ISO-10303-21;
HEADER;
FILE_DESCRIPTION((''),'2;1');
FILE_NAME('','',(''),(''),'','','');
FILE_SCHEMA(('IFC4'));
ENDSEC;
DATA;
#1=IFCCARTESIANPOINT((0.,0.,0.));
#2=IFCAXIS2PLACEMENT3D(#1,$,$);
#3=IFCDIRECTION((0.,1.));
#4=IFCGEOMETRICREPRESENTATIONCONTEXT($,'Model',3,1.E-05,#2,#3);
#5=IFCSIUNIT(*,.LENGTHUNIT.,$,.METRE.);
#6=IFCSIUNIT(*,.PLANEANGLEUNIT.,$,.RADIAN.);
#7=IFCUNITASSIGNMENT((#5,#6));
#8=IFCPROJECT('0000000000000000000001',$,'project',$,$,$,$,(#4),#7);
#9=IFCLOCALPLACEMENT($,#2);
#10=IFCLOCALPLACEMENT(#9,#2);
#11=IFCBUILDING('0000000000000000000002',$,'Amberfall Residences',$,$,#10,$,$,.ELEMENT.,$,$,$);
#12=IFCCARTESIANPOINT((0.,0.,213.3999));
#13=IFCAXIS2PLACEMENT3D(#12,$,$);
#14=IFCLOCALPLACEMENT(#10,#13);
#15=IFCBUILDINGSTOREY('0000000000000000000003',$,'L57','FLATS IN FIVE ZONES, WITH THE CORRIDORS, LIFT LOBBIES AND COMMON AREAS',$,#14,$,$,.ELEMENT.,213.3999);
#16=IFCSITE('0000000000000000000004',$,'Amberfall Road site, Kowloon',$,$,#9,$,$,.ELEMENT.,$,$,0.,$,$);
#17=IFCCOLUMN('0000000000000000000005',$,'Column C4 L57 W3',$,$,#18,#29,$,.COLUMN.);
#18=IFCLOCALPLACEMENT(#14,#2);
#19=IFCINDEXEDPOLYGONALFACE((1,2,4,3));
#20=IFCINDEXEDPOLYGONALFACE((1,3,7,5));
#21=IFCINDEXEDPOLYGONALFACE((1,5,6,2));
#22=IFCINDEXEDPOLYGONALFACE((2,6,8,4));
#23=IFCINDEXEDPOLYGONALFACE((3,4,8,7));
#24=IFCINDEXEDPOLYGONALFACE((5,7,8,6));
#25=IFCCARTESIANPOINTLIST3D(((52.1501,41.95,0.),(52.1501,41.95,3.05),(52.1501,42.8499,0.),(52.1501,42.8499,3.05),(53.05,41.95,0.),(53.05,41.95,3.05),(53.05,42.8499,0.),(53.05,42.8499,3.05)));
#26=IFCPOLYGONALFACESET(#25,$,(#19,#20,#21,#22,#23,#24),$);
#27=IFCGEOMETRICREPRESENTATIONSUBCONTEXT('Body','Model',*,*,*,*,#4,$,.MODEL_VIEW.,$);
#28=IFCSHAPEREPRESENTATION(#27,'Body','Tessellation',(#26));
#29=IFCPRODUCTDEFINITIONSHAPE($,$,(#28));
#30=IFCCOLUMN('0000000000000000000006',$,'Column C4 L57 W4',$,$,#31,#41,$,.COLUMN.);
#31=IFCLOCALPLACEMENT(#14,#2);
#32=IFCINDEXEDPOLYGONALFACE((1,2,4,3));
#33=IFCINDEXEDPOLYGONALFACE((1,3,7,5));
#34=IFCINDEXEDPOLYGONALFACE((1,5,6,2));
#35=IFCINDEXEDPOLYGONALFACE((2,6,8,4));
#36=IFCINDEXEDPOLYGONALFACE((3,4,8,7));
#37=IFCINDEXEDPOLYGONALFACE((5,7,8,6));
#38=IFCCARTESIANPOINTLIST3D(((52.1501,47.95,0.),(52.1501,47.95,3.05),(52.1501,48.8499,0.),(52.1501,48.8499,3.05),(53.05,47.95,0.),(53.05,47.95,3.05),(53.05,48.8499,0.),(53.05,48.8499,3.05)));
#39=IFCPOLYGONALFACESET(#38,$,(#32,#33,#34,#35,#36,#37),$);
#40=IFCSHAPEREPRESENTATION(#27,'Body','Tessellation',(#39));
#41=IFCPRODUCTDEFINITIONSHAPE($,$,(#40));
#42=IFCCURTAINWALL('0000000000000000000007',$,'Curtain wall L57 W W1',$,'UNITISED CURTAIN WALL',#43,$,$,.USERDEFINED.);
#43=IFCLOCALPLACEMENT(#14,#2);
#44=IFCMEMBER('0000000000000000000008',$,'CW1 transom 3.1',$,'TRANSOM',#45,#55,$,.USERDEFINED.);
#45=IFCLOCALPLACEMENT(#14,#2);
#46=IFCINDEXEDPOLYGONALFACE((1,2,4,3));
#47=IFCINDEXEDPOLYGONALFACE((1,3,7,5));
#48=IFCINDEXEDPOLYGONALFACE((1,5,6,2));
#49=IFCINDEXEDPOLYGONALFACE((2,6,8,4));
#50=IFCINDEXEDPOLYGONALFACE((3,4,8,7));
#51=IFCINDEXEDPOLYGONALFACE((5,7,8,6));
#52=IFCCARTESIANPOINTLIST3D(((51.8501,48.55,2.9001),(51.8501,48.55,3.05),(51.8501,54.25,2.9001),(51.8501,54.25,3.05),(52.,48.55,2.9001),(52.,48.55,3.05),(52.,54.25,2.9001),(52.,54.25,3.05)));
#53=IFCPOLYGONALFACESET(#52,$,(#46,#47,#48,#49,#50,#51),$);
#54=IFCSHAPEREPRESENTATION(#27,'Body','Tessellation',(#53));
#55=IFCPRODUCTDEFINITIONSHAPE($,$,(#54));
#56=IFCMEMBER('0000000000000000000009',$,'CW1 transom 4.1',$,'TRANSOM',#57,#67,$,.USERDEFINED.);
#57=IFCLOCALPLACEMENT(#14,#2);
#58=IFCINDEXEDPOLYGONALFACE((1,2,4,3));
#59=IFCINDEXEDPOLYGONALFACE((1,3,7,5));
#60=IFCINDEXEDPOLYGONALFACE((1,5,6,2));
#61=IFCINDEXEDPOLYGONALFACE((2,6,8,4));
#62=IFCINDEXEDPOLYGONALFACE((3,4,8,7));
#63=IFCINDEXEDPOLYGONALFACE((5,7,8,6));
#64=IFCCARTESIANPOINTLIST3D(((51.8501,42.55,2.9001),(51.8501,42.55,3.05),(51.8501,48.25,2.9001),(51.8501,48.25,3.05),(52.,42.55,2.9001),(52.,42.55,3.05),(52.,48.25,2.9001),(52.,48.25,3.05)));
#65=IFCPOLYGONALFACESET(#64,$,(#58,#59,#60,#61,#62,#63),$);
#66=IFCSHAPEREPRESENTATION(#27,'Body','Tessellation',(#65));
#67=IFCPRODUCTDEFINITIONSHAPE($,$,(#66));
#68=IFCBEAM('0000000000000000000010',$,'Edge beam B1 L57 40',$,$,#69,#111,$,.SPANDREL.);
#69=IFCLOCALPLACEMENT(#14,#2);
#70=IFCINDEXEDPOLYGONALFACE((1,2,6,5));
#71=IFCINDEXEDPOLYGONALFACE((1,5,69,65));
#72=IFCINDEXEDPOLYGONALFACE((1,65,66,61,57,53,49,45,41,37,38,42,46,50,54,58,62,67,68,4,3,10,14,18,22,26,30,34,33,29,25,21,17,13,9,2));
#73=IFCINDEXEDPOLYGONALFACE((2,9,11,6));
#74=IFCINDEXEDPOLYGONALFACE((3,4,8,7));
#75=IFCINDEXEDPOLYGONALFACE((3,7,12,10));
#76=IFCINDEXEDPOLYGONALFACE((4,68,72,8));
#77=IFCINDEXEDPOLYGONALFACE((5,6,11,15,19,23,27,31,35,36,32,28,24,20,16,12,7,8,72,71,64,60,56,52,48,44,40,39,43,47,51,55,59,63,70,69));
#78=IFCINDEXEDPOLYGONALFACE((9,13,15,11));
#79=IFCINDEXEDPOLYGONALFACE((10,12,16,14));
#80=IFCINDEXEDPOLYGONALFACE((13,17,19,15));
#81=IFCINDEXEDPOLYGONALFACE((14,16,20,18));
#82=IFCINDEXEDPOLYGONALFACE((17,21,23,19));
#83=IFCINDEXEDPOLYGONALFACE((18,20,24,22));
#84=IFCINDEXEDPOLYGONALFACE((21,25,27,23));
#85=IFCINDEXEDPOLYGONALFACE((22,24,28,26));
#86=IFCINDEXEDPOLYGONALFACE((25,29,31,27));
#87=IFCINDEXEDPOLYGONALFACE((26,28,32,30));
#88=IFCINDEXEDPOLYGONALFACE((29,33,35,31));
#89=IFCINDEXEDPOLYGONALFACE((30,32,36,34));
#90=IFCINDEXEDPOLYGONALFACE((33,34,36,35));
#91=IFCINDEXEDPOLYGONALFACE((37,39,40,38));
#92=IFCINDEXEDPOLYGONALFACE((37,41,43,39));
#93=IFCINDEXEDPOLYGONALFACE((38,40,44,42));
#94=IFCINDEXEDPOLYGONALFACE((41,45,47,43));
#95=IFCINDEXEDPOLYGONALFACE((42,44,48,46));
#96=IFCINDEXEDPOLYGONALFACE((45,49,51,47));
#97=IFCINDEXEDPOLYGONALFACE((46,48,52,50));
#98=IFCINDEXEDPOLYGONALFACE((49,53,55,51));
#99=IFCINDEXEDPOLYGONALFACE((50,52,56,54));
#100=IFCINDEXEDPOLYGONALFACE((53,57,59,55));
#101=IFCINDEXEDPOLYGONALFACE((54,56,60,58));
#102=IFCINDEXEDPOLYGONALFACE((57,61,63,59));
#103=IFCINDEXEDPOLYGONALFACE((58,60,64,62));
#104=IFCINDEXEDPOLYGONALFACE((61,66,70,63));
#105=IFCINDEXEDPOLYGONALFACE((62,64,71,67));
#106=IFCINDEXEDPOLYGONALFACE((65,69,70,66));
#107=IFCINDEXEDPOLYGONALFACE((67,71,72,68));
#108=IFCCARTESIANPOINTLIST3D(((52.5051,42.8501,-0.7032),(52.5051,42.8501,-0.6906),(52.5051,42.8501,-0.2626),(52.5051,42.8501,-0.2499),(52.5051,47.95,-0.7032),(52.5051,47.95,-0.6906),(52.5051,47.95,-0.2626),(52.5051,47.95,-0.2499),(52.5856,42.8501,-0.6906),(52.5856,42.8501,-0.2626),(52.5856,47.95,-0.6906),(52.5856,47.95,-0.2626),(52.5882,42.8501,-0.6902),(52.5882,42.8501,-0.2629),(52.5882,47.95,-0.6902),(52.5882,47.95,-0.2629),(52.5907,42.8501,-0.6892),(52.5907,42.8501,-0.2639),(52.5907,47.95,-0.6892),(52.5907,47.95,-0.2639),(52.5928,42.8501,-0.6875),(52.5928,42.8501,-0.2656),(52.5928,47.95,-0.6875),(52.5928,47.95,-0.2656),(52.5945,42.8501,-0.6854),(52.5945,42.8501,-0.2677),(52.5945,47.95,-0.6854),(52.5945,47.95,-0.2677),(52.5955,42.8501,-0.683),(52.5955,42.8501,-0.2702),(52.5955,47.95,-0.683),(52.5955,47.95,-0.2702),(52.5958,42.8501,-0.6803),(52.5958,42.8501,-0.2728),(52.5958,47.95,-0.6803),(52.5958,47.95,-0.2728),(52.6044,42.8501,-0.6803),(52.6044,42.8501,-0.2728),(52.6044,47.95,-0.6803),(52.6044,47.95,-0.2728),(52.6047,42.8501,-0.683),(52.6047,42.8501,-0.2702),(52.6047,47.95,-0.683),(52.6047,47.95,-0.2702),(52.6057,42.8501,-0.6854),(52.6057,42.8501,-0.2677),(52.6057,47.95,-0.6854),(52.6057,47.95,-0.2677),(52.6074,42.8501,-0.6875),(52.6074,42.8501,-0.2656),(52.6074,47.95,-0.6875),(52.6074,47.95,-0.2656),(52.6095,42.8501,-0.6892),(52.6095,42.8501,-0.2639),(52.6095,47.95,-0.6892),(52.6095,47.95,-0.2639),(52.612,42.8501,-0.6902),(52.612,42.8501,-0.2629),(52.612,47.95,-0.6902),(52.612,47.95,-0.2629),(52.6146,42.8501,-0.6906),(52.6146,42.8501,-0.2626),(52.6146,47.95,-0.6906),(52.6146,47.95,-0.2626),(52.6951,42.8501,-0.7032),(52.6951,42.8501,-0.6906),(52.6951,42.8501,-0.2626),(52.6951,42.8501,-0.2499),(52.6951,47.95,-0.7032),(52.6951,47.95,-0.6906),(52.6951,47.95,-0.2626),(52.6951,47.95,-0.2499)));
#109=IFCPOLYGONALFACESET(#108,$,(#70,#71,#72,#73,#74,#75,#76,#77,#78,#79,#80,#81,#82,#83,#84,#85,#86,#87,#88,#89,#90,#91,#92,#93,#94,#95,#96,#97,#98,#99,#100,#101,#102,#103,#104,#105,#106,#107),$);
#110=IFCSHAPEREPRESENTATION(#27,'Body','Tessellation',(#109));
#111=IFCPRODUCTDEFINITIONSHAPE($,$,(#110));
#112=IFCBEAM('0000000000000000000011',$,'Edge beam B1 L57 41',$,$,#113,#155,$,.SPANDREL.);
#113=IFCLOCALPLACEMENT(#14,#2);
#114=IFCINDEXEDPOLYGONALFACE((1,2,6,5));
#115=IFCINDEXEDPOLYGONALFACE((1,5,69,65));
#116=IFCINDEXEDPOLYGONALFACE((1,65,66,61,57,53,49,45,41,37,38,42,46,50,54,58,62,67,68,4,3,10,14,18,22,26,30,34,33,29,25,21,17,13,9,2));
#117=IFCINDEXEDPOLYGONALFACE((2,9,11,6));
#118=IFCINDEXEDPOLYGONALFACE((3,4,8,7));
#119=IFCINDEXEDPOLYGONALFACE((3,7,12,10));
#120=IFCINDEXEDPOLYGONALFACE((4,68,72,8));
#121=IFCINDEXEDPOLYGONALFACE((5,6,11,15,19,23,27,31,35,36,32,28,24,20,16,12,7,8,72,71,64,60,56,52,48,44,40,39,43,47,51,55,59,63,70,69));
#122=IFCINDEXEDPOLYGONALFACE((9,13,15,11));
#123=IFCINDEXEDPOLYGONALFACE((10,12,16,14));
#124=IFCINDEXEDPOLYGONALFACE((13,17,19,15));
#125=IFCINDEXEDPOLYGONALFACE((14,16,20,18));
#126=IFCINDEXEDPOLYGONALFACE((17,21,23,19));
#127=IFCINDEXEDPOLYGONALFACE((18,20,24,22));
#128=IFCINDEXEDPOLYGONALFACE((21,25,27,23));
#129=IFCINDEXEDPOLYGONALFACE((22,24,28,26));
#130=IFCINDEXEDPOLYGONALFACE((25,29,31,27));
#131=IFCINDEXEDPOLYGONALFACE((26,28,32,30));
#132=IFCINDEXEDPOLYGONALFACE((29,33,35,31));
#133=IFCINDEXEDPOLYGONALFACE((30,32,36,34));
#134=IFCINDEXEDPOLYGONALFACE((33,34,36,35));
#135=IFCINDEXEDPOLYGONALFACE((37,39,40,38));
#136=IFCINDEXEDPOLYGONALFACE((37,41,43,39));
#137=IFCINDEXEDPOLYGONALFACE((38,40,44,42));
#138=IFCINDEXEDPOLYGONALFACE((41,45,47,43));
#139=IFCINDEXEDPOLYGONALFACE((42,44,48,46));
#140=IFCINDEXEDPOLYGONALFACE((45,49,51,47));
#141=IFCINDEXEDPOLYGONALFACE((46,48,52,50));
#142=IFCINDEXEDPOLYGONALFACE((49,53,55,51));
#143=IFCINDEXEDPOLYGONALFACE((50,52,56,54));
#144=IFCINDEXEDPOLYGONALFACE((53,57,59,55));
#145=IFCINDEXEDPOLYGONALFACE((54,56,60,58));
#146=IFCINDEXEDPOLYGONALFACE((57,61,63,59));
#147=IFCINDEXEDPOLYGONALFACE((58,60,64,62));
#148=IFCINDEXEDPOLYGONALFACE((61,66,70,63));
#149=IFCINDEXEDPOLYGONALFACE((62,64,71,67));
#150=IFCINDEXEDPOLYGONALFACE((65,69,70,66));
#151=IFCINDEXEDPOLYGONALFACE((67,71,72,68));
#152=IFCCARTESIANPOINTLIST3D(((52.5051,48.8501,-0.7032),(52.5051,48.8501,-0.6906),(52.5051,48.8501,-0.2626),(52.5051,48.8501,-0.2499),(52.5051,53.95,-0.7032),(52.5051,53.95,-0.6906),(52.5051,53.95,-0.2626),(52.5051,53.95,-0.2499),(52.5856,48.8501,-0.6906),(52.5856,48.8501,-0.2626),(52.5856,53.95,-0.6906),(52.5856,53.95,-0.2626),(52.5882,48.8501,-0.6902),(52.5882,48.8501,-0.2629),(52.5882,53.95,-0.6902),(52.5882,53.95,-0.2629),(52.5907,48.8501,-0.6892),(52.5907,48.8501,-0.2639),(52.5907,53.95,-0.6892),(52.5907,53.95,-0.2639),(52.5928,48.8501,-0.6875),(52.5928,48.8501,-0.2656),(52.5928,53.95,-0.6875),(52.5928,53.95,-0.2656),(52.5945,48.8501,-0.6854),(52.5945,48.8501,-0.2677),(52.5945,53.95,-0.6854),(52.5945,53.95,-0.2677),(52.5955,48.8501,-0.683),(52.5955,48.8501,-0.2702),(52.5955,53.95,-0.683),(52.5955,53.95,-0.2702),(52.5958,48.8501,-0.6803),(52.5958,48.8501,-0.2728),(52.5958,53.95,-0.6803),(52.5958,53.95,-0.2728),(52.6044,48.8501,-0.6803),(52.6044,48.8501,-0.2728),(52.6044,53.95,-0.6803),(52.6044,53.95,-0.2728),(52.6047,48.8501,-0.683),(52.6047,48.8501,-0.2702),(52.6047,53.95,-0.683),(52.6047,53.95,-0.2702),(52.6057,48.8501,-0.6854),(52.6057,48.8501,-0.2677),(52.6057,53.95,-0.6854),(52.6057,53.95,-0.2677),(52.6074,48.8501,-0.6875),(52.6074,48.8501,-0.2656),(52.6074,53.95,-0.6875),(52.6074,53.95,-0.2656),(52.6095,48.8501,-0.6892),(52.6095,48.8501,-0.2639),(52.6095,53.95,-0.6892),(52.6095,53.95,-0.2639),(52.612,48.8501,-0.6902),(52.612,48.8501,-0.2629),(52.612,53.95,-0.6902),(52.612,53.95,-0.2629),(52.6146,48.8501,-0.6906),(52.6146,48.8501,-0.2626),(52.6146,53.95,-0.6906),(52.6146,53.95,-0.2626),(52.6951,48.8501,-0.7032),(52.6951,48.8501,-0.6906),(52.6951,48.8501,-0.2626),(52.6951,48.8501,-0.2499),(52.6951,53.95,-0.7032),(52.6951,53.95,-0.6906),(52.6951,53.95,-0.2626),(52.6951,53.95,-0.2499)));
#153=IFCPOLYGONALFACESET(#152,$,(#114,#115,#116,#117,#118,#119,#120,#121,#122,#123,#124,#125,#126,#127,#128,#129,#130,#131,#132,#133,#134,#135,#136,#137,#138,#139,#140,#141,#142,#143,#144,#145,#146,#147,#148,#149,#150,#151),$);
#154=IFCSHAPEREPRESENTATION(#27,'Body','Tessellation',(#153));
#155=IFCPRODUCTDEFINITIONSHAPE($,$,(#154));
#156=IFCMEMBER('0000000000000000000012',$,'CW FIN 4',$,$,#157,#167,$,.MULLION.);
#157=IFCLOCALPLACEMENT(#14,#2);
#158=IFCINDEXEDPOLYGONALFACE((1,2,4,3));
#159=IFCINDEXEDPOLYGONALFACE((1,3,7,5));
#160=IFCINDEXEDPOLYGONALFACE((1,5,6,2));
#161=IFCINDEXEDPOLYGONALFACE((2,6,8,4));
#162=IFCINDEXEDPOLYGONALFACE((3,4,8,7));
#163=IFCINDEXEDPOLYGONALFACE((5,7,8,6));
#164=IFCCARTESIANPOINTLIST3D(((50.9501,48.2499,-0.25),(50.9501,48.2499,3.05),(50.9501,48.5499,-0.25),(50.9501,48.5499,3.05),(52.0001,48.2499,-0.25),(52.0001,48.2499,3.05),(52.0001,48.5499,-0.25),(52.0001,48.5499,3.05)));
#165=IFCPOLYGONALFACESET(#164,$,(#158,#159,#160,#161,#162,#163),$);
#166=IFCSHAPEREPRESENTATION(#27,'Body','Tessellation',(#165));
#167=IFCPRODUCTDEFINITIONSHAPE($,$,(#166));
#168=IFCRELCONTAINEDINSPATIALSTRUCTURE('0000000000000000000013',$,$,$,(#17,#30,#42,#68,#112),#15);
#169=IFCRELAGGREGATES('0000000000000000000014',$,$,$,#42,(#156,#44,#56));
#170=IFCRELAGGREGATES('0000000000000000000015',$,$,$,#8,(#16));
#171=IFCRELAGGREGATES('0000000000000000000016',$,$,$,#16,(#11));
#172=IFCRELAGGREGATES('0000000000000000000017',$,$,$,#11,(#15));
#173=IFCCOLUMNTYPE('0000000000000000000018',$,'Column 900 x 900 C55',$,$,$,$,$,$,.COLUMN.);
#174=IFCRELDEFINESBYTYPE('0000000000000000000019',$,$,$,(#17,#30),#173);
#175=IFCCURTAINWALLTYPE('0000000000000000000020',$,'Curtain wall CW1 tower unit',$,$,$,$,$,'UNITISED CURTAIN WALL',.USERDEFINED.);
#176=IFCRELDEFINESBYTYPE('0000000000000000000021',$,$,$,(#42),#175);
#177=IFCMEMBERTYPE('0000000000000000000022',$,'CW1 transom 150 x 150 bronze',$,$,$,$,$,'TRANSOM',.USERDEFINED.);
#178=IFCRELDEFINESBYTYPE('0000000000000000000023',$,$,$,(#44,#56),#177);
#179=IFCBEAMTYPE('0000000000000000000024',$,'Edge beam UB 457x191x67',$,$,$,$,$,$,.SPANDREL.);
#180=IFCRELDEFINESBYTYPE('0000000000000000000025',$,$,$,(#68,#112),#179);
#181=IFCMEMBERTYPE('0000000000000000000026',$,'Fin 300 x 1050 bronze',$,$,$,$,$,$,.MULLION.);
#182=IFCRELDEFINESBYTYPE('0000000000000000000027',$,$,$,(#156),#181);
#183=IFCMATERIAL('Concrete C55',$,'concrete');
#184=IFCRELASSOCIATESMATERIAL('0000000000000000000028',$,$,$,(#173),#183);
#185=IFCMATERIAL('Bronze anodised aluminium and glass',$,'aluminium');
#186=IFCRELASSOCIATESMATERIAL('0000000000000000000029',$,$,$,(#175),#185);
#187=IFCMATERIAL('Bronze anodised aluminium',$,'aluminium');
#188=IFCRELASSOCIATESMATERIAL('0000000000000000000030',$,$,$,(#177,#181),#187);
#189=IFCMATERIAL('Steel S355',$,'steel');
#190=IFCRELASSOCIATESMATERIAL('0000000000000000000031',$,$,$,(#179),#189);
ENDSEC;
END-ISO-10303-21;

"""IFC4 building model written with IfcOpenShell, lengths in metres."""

from ifc_helpers import new_model, si_unit, direction, frame, origin, origin_2d, place, context, subcontext, project, spatial, rectangle, i_section, extrude, material, material_profile, profile_set, type_object, element, aggregate, save


model = new_model("IFC4")

# Units and contexts
model_context = context("Model", 3, precision=1e-05, world=origin(), true_north=direction((0.0, 1.0)))
body_context = subcontext(model_context, "Body", "Model", "MODEL_VIEW")
ifc_project = project(units=[si_unit("LENGTHUNIT", "METRE"), si_unit("PLANEANGLEUNIT", "RADIAN")], contexts=[model_context])

# Site, building, storey
site_placement = place(None, origin())
site = spatial("IfcSite", under=ifc_project, at=site_placement, Name="Amberfall Road site, Kowloon", CompositionType="ELEMENT", RefElevation=0.0)
building_placement = place(site_placement, origin())
building = spatial("IfcBuilding", under=site, at=building_placement, Name="Amberfall Residences", CompositionType="ELEMENT")
storey_placement = place(building_placement, frame((0.0, 0.0, 213.3999)))
storey = spatial("IfcBuildingStorey", under=building, at=storey_placement, Name="L57", Description="FLATS IN FIVE ZONES, WITH THE CORRIDORS, LIFT LOBBIES AND COMMON AREAS", CompositionType="ELEMENT", Elevation=213.3999)

# Columns
ifc_material_1 = material(Name="Concrete C55", Category="concrete")
ifc_material_profile_1 = material_profile(ifc_material_1, rectangle(XDim=0.8999, YDim=0.8999, at=origin_2d()), Name="Column 900 x 900 C55")
ifc_profile_set_1 = profile_set([ifc_material_profile_1], Name="Concrete C55")
column_type = type_object("IfcColumnType", Name="Column 900 x 900 C55", PredefinedType="COLUMN", material=ifc_profile_set_1)
for number, where, z_axis, x_axis, name in (
    (1, (52.6001, 42.3999, 0.0), (0.0, 0.0, 1.0), (1.0, 0.0, 0.0), "Column C4 L57 W3"),
    (2, (52.6001, 48.3999, 0.0), (0.0, 0.0, 1.0), (1.0, 0.0, 0.0), "Column C4 L57 W4"),
):
    element("IfcColumn", number, at=place(storey_placement, frame(where, z_axis=z_axis, x_axis=x_axis)), inside=storey, type_object=column_type, Name=name, PredefinedType="COLUMN", context=body_context, shape_type="SweptSolid", body=[
        extrude(rectangle(XDim=0.8999, YDim=0.8999, at=origin_2d()), origin(), (0.0, 0.0, 1.0), 3.05),
    ])

# Curtain wall, members
ifc_material_2 = material(Name="Bronze anodised aluminium and glass", Category="aluminium")
curtain_wall_type = type_object("IfcCurtainWallType", Name="Curtain wall CW1 tower unit", ElementType="UNITISED CURTAIN WALL", PredefinedType="USERDEFINED", material=ifc_material_2)
curtain_wall_placement = place(storey_placement, origin())
curtain_wall = element("IfcCurtainWall", 3, at=curtain_wall_placement, inside=storey, type_object=curtain_wall_type, Name="Curtain wall L57 W W1", ObjectType="UNITISED CURTAIN WALL", PredefinedType="USERDEFINED")
ifc_material_3 = material(Name="Bronze anodised aluminium", Category="aluminium")
ifc_material_profile_2 = material_profile(ifc_material_3, rectangle(XDim=0.1499, YDim=0.1499, at=origin_2d()), Name="CW1 transom 150 x 150 bronze")
ifc_profile_set_2 = profile_set([ifc_material_profile_2], Name="Bronze anodised aluminium")
member_type_1 = type_object("IfcMemberType", Name="CW1 transom 150 x 150 bronze", ElementType="TRANSOM", PredefinedType="USERDEFINED", material=ifc_profile_set_2)
member_1_placement = place(storey_placement, frame((51.925, 54.25, 2.9751), z_axis=(0.0, -1.0, 0.0), x_axis=(1.0, 0.0, 0.0)))
member_1 = element("IfcMember", 4, at=member_1_placement, type_object=member_type_1, Name="CW1 transom 3.1", ObjectType="TRANSOM", PredefinedType="USERDEFINED", context=body_context, shape_type="SweptSolid", body=[
    extrude(rectangle(XDim=0.1499, YDim=0.1499, at=origin_2d()), origin(), (0.0, 0.0, 1.0), 5.7),
])
member_2_placement = place(storey_placement, frame((51.925, 48.25, 2.9751), z_axis=(0.0, -1.0, 0.0), x_axis=(1.0, 0.0, 0.0)))
member_2 = element("IfcMember", 5, at=member_2_placement, type_object=member_type_1, Name="CW1 transom 4.1", ObjectType="TRANSOM", PredefinedType="USERDEFINED", context=body_context, shape_type="SweptSolid", body=[
    extrude(rectangle(XDim=0.1499, YDim=0.1499, at=origin_2d()), origin(), (0.0, 0.0, 1.0), 5.7),
])

# Beams
ifc_material_4 = material(Name="Steel S355", Category="steel")
ifc_material_profile_3 = material_profile(ifc_material_4, i_section(OverallWidth=0.1899, OverallDepth=0.4534, WebThickness=0.0085, FlangeThickness=0.0127, FilletRadius=0.0103, at=origin_2d()), Name="UB 457x191x67")
ifc_profile_set_3 = profile_set([ifc_material_profile_3], Name="Steel S355")
beam_type_1 = type_object("IfcBeamType", Name="Edge beam UB 457x191x67", PredefinedType="SPANDREL", material=ifc_profile_set_3)
for number, where, z_axis, x_axis, name in (
    (6, (52.6001, 42.8501, -0.4766), (0.0, 1.0, 0.0), (-1.0, 0.0, 0.0), "Edge beam B1 L57 40"),
    (7, (52.6001, 48.8501, -0.4766), (0.0, 1.0, 0.0), (-1.0, 0.0, 0.0), "Edge beam B1 L57 41"),
):
    element("IfcBeam", number, at=place(storey_placement, frame(where, z_axis=z_axis, x_axis=x_axis)), inside=storey, type_object=beam_type_1, Name=name, PredefinedType="SPANDREL", context=body_context, shape_type="SweptSolid", body=[
        extrude(i_section(OverallWidth=0.1899, OverallDepth=0.4534, WebThickness=0.0085, FlangeThickness=0.0127, FilletRadius=0.0103, at=origin_2d()), origin(), (0.0, 0.0, 1.0), 5.0999),
    ])

# Member
ifc_material_profile_4 = material_profile(ifc_material_3, rectangle(XDim=1.05, YDim=0.3, at=origin_2d()), Name="Fin 300 x 1050 bronze")
ifc_profile_set_4 = profile_set([ifc_material_profile_4], Name="Bronze anodised aluminium")
member_type_2 = type_object("IfcMemberType", Name="Fin 300 x 1050 bronze", PredefinedType="MULLION", material=ifc_profile_set_4)
member_3_placement = place(storey_placement, frame((51.4751, 48.3999, -0.25), z_axis=(0.0, 0.0, 1.0), x_axis=(1.0, 0.0, 0.0)))
member_3 = element("IfcMember", 8, at=member_3_placement, type_object=member_type_2, Name="CW FIN 4", PredefinedType="MULLION", context=body_context, shape_type="SweptSolid", body=[
    extrude(rectangle(XDim=1.05, YDim=0.3, at=origin_2d()), origin(), (0.0, 0.0, 1.0), 3.3),
])

aggregate(curtain_wall, [member_3, member_1, member_2])

save(model, "model.ifc")
